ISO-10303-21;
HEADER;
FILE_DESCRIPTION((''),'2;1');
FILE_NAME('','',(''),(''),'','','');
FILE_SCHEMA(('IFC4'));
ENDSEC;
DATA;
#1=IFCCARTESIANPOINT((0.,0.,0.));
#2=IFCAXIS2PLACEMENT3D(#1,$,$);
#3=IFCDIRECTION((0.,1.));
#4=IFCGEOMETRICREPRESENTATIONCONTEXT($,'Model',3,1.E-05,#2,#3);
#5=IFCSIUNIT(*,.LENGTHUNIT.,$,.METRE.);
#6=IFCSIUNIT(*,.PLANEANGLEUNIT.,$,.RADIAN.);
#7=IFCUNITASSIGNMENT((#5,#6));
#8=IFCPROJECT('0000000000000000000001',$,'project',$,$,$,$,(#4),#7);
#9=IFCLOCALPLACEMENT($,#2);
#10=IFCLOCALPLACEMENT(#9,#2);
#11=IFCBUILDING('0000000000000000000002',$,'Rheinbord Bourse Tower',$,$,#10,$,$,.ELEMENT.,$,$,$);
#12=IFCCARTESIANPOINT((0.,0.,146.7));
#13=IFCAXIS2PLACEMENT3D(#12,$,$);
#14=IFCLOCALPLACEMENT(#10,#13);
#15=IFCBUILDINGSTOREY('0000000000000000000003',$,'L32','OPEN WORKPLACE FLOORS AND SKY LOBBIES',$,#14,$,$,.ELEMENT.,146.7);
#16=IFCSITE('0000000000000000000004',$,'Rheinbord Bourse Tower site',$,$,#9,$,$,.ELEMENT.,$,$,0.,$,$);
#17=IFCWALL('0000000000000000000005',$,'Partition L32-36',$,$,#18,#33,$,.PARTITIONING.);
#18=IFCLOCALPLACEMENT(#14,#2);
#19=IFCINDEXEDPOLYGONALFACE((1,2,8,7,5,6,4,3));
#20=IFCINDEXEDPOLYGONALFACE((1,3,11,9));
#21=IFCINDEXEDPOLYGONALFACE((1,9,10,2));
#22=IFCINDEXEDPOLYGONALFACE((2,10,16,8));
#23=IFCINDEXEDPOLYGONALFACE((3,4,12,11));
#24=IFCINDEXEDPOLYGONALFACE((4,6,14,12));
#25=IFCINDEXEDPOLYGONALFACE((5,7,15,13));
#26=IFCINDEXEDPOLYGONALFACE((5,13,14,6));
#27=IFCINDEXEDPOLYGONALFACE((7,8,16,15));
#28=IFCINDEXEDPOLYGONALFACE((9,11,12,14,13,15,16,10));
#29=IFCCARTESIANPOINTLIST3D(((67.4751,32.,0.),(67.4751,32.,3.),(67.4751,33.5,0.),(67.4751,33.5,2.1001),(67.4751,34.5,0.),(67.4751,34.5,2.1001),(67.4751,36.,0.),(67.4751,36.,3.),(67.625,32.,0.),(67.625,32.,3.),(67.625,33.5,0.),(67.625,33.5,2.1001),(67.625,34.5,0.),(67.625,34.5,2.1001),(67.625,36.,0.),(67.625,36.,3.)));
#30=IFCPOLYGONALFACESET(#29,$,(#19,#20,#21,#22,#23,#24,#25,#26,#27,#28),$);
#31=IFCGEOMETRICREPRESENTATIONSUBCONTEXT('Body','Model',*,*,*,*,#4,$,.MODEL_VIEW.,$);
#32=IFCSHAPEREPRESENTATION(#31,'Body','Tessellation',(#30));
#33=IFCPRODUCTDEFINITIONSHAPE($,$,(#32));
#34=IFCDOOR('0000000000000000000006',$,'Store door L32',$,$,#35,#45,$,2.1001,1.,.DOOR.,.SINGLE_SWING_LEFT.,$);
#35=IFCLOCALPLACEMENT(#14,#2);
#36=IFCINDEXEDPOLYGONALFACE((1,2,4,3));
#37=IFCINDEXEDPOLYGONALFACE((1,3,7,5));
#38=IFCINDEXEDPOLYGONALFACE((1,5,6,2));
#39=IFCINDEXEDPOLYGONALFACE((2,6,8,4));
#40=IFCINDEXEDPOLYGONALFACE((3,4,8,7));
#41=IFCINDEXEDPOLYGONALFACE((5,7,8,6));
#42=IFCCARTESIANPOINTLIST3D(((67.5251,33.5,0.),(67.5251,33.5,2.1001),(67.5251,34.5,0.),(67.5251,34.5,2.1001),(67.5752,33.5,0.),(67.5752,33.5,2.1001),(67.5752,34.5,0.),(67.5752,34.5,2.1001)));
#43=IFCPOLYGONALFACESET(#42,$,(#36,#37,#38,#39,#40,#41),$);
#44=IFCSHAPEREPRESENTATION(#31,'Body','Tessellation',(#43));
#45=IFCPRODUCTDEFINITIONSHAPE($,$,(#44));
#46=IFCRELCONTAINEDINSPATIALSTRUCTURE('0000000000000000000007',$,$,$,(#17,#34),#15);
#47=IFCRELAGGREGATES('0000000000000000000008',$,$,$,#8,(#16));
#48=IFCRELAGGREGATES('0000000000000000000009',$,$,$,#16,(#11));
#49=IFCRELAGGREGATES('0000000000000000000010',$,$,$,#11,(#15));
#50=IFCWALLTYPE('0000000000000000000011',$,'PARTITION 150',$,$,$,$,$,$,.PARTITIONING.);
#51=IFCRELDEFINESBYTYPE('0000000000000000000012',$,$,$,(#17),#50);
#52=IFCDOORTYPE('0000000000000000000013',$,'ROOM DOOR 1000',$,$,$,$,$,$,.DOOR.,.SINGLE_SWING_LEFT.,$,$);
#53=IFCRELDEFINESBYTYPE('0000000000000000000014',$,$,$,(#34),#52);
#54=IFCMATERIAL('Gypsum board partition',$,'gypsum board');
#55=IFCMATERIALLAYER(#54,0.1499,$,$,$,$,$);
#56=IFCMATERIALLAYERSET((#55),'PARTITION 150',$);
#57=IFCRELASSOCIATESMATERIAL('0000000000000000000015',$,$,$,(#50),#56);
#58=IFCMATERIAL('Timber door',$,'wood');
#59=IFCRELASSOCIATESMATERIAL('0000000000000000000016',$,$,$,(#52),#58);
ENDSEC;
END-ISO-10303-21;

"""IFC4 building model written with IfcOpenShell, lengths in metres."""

from ifc_helpers import new_model, si_unit, direction, frame, frame_2d, origin, place, context, subcontext, project, spatial, rectangle, extrude, material, layer, layer_set, type_object, element, fill, save


model = new_model("IFC4")

# Units and contexts
model_context = context("Model", 3, precision=1e-05, world=origin(), true_north=direction((0.0, 1.0)))
body_context = subcontext(model_context, "Body", "Model", "MODEL_VIEW")
ifc_project = project(units=[si_unit("LENGTHUNIT", "METRE"), si_unit("PLANEANGLEUNIT", "RADIAN")], contexts=[model_context])

# Site, building, storey
site_placement = place(None, origin())
site = spatial("IfcSite", under=ifc_project, at=site_placement, Name="Rheinbord Bourse Tower site", CompositionType="ELEMENT", RefElevation=0.0)
building_placement = place(site_placement, origin())
building = spatial("IfcBuilding", under=site, at=building_placement, Name="Rheinbord Bourse Tower", CompositionType="ELEMENT")
storey_placement = place(building_placement, frame((0.0, 0.0, 146.7)))
storey = spatial("IfcBuildingStorey", under=building, at=storey_placement, Name="L32", Description="OPEN WORKPLACE FLOORS AND SKY LOBBIES", CompositionType="ELEMENT", Elevation=146.7)

# Shared definitions
ifc_material_1 = material(Name="Gypsum board partition", Category="gypsum board")
ifc_layer_1 = layer(ifc_material_1, 0.1499)
ifc_layer_set_1 = layer_set([ifc_layer_1], Name="PARTITION 150")
wall_type_1 = type_object("IfcWallType", Name="PARTITION 150", PredefinedType="PARTITIONING", material=ifc_layer_set_1)

# Wall, opening, door
wall_1_placement = place(storey_placement, frame((67.55, 32.0, 0.0), z_axis=(0.0, 0.0, 1.0), x_axis=(0.0, 1.0, 0.0)))
wall_1 = element("IfcWall", 1, at=wall_1_placement, inside=storey, type_object=wall_type_1, Name="Partition L32-36", PredefinedType="PARTITIONING", context=body_context, shape_type="SweptSolid", body=[
    extrude(rectangle(XDim=4.0, YDim=0.1499, at=frame_2d((2.0, 0.0))), origin(), (0.0, 0.0, 1.0), 3.0),
])
opening_placement = place(wall_1_placement, frame((1.5, 0.0, 0.0)))
opening = element("IfcOpeningElement", 2, at=opening_placement, cuts=wall_1, PredefinedType="OPENING", context=body_context, shape_type="SweptSolid", body=[
    extrude(rectangle(XDim=1.0, YDim=2.1001, at=frame_2d((0.5, 1.05))), frame((0.0, 0.085, 0.0), z_axis=(0.0, -1.0, 0.0), x_axis=(1.0, 0.0, 0.0)), (0.0, 0.0, 1.0), 0.1699),
])
ifc_material_2 = material(Name="Timber door", Category="wood")
door_type = type_object("IfcDoorType", Name="ROOM DOOR 1000", OperationType="SINGLE_SWING_LEFT", PredefinedType="DOOR", material=ifc_material_2)
door_placement = place(opening_placement, origin())
door = element("IfcDoor", 3, at=door_placement, inside=storey, type_object=door_type, Name="Store door L32", OperationType="SINGLE_SWING_LEFT", OverallHeight=2.1001, OverallWidth=1.0, PredefinedType="DOOR", context=body_context, shape_type="SweptSolid", body=[
    extrude(rectangle(XDim=1.0, YDim=2.1001, at=frame_2d((0.5, 1.05))), frame((0.0, 0.0249, 0.0), z_axis=(0.0, -1.0, 0.0), x_axis=(1.0, 0.0, 0.0)), (0.0, 0.0, 1.0), 0.05),
])
fill(opening, door)

save(model, "model.ifc")
